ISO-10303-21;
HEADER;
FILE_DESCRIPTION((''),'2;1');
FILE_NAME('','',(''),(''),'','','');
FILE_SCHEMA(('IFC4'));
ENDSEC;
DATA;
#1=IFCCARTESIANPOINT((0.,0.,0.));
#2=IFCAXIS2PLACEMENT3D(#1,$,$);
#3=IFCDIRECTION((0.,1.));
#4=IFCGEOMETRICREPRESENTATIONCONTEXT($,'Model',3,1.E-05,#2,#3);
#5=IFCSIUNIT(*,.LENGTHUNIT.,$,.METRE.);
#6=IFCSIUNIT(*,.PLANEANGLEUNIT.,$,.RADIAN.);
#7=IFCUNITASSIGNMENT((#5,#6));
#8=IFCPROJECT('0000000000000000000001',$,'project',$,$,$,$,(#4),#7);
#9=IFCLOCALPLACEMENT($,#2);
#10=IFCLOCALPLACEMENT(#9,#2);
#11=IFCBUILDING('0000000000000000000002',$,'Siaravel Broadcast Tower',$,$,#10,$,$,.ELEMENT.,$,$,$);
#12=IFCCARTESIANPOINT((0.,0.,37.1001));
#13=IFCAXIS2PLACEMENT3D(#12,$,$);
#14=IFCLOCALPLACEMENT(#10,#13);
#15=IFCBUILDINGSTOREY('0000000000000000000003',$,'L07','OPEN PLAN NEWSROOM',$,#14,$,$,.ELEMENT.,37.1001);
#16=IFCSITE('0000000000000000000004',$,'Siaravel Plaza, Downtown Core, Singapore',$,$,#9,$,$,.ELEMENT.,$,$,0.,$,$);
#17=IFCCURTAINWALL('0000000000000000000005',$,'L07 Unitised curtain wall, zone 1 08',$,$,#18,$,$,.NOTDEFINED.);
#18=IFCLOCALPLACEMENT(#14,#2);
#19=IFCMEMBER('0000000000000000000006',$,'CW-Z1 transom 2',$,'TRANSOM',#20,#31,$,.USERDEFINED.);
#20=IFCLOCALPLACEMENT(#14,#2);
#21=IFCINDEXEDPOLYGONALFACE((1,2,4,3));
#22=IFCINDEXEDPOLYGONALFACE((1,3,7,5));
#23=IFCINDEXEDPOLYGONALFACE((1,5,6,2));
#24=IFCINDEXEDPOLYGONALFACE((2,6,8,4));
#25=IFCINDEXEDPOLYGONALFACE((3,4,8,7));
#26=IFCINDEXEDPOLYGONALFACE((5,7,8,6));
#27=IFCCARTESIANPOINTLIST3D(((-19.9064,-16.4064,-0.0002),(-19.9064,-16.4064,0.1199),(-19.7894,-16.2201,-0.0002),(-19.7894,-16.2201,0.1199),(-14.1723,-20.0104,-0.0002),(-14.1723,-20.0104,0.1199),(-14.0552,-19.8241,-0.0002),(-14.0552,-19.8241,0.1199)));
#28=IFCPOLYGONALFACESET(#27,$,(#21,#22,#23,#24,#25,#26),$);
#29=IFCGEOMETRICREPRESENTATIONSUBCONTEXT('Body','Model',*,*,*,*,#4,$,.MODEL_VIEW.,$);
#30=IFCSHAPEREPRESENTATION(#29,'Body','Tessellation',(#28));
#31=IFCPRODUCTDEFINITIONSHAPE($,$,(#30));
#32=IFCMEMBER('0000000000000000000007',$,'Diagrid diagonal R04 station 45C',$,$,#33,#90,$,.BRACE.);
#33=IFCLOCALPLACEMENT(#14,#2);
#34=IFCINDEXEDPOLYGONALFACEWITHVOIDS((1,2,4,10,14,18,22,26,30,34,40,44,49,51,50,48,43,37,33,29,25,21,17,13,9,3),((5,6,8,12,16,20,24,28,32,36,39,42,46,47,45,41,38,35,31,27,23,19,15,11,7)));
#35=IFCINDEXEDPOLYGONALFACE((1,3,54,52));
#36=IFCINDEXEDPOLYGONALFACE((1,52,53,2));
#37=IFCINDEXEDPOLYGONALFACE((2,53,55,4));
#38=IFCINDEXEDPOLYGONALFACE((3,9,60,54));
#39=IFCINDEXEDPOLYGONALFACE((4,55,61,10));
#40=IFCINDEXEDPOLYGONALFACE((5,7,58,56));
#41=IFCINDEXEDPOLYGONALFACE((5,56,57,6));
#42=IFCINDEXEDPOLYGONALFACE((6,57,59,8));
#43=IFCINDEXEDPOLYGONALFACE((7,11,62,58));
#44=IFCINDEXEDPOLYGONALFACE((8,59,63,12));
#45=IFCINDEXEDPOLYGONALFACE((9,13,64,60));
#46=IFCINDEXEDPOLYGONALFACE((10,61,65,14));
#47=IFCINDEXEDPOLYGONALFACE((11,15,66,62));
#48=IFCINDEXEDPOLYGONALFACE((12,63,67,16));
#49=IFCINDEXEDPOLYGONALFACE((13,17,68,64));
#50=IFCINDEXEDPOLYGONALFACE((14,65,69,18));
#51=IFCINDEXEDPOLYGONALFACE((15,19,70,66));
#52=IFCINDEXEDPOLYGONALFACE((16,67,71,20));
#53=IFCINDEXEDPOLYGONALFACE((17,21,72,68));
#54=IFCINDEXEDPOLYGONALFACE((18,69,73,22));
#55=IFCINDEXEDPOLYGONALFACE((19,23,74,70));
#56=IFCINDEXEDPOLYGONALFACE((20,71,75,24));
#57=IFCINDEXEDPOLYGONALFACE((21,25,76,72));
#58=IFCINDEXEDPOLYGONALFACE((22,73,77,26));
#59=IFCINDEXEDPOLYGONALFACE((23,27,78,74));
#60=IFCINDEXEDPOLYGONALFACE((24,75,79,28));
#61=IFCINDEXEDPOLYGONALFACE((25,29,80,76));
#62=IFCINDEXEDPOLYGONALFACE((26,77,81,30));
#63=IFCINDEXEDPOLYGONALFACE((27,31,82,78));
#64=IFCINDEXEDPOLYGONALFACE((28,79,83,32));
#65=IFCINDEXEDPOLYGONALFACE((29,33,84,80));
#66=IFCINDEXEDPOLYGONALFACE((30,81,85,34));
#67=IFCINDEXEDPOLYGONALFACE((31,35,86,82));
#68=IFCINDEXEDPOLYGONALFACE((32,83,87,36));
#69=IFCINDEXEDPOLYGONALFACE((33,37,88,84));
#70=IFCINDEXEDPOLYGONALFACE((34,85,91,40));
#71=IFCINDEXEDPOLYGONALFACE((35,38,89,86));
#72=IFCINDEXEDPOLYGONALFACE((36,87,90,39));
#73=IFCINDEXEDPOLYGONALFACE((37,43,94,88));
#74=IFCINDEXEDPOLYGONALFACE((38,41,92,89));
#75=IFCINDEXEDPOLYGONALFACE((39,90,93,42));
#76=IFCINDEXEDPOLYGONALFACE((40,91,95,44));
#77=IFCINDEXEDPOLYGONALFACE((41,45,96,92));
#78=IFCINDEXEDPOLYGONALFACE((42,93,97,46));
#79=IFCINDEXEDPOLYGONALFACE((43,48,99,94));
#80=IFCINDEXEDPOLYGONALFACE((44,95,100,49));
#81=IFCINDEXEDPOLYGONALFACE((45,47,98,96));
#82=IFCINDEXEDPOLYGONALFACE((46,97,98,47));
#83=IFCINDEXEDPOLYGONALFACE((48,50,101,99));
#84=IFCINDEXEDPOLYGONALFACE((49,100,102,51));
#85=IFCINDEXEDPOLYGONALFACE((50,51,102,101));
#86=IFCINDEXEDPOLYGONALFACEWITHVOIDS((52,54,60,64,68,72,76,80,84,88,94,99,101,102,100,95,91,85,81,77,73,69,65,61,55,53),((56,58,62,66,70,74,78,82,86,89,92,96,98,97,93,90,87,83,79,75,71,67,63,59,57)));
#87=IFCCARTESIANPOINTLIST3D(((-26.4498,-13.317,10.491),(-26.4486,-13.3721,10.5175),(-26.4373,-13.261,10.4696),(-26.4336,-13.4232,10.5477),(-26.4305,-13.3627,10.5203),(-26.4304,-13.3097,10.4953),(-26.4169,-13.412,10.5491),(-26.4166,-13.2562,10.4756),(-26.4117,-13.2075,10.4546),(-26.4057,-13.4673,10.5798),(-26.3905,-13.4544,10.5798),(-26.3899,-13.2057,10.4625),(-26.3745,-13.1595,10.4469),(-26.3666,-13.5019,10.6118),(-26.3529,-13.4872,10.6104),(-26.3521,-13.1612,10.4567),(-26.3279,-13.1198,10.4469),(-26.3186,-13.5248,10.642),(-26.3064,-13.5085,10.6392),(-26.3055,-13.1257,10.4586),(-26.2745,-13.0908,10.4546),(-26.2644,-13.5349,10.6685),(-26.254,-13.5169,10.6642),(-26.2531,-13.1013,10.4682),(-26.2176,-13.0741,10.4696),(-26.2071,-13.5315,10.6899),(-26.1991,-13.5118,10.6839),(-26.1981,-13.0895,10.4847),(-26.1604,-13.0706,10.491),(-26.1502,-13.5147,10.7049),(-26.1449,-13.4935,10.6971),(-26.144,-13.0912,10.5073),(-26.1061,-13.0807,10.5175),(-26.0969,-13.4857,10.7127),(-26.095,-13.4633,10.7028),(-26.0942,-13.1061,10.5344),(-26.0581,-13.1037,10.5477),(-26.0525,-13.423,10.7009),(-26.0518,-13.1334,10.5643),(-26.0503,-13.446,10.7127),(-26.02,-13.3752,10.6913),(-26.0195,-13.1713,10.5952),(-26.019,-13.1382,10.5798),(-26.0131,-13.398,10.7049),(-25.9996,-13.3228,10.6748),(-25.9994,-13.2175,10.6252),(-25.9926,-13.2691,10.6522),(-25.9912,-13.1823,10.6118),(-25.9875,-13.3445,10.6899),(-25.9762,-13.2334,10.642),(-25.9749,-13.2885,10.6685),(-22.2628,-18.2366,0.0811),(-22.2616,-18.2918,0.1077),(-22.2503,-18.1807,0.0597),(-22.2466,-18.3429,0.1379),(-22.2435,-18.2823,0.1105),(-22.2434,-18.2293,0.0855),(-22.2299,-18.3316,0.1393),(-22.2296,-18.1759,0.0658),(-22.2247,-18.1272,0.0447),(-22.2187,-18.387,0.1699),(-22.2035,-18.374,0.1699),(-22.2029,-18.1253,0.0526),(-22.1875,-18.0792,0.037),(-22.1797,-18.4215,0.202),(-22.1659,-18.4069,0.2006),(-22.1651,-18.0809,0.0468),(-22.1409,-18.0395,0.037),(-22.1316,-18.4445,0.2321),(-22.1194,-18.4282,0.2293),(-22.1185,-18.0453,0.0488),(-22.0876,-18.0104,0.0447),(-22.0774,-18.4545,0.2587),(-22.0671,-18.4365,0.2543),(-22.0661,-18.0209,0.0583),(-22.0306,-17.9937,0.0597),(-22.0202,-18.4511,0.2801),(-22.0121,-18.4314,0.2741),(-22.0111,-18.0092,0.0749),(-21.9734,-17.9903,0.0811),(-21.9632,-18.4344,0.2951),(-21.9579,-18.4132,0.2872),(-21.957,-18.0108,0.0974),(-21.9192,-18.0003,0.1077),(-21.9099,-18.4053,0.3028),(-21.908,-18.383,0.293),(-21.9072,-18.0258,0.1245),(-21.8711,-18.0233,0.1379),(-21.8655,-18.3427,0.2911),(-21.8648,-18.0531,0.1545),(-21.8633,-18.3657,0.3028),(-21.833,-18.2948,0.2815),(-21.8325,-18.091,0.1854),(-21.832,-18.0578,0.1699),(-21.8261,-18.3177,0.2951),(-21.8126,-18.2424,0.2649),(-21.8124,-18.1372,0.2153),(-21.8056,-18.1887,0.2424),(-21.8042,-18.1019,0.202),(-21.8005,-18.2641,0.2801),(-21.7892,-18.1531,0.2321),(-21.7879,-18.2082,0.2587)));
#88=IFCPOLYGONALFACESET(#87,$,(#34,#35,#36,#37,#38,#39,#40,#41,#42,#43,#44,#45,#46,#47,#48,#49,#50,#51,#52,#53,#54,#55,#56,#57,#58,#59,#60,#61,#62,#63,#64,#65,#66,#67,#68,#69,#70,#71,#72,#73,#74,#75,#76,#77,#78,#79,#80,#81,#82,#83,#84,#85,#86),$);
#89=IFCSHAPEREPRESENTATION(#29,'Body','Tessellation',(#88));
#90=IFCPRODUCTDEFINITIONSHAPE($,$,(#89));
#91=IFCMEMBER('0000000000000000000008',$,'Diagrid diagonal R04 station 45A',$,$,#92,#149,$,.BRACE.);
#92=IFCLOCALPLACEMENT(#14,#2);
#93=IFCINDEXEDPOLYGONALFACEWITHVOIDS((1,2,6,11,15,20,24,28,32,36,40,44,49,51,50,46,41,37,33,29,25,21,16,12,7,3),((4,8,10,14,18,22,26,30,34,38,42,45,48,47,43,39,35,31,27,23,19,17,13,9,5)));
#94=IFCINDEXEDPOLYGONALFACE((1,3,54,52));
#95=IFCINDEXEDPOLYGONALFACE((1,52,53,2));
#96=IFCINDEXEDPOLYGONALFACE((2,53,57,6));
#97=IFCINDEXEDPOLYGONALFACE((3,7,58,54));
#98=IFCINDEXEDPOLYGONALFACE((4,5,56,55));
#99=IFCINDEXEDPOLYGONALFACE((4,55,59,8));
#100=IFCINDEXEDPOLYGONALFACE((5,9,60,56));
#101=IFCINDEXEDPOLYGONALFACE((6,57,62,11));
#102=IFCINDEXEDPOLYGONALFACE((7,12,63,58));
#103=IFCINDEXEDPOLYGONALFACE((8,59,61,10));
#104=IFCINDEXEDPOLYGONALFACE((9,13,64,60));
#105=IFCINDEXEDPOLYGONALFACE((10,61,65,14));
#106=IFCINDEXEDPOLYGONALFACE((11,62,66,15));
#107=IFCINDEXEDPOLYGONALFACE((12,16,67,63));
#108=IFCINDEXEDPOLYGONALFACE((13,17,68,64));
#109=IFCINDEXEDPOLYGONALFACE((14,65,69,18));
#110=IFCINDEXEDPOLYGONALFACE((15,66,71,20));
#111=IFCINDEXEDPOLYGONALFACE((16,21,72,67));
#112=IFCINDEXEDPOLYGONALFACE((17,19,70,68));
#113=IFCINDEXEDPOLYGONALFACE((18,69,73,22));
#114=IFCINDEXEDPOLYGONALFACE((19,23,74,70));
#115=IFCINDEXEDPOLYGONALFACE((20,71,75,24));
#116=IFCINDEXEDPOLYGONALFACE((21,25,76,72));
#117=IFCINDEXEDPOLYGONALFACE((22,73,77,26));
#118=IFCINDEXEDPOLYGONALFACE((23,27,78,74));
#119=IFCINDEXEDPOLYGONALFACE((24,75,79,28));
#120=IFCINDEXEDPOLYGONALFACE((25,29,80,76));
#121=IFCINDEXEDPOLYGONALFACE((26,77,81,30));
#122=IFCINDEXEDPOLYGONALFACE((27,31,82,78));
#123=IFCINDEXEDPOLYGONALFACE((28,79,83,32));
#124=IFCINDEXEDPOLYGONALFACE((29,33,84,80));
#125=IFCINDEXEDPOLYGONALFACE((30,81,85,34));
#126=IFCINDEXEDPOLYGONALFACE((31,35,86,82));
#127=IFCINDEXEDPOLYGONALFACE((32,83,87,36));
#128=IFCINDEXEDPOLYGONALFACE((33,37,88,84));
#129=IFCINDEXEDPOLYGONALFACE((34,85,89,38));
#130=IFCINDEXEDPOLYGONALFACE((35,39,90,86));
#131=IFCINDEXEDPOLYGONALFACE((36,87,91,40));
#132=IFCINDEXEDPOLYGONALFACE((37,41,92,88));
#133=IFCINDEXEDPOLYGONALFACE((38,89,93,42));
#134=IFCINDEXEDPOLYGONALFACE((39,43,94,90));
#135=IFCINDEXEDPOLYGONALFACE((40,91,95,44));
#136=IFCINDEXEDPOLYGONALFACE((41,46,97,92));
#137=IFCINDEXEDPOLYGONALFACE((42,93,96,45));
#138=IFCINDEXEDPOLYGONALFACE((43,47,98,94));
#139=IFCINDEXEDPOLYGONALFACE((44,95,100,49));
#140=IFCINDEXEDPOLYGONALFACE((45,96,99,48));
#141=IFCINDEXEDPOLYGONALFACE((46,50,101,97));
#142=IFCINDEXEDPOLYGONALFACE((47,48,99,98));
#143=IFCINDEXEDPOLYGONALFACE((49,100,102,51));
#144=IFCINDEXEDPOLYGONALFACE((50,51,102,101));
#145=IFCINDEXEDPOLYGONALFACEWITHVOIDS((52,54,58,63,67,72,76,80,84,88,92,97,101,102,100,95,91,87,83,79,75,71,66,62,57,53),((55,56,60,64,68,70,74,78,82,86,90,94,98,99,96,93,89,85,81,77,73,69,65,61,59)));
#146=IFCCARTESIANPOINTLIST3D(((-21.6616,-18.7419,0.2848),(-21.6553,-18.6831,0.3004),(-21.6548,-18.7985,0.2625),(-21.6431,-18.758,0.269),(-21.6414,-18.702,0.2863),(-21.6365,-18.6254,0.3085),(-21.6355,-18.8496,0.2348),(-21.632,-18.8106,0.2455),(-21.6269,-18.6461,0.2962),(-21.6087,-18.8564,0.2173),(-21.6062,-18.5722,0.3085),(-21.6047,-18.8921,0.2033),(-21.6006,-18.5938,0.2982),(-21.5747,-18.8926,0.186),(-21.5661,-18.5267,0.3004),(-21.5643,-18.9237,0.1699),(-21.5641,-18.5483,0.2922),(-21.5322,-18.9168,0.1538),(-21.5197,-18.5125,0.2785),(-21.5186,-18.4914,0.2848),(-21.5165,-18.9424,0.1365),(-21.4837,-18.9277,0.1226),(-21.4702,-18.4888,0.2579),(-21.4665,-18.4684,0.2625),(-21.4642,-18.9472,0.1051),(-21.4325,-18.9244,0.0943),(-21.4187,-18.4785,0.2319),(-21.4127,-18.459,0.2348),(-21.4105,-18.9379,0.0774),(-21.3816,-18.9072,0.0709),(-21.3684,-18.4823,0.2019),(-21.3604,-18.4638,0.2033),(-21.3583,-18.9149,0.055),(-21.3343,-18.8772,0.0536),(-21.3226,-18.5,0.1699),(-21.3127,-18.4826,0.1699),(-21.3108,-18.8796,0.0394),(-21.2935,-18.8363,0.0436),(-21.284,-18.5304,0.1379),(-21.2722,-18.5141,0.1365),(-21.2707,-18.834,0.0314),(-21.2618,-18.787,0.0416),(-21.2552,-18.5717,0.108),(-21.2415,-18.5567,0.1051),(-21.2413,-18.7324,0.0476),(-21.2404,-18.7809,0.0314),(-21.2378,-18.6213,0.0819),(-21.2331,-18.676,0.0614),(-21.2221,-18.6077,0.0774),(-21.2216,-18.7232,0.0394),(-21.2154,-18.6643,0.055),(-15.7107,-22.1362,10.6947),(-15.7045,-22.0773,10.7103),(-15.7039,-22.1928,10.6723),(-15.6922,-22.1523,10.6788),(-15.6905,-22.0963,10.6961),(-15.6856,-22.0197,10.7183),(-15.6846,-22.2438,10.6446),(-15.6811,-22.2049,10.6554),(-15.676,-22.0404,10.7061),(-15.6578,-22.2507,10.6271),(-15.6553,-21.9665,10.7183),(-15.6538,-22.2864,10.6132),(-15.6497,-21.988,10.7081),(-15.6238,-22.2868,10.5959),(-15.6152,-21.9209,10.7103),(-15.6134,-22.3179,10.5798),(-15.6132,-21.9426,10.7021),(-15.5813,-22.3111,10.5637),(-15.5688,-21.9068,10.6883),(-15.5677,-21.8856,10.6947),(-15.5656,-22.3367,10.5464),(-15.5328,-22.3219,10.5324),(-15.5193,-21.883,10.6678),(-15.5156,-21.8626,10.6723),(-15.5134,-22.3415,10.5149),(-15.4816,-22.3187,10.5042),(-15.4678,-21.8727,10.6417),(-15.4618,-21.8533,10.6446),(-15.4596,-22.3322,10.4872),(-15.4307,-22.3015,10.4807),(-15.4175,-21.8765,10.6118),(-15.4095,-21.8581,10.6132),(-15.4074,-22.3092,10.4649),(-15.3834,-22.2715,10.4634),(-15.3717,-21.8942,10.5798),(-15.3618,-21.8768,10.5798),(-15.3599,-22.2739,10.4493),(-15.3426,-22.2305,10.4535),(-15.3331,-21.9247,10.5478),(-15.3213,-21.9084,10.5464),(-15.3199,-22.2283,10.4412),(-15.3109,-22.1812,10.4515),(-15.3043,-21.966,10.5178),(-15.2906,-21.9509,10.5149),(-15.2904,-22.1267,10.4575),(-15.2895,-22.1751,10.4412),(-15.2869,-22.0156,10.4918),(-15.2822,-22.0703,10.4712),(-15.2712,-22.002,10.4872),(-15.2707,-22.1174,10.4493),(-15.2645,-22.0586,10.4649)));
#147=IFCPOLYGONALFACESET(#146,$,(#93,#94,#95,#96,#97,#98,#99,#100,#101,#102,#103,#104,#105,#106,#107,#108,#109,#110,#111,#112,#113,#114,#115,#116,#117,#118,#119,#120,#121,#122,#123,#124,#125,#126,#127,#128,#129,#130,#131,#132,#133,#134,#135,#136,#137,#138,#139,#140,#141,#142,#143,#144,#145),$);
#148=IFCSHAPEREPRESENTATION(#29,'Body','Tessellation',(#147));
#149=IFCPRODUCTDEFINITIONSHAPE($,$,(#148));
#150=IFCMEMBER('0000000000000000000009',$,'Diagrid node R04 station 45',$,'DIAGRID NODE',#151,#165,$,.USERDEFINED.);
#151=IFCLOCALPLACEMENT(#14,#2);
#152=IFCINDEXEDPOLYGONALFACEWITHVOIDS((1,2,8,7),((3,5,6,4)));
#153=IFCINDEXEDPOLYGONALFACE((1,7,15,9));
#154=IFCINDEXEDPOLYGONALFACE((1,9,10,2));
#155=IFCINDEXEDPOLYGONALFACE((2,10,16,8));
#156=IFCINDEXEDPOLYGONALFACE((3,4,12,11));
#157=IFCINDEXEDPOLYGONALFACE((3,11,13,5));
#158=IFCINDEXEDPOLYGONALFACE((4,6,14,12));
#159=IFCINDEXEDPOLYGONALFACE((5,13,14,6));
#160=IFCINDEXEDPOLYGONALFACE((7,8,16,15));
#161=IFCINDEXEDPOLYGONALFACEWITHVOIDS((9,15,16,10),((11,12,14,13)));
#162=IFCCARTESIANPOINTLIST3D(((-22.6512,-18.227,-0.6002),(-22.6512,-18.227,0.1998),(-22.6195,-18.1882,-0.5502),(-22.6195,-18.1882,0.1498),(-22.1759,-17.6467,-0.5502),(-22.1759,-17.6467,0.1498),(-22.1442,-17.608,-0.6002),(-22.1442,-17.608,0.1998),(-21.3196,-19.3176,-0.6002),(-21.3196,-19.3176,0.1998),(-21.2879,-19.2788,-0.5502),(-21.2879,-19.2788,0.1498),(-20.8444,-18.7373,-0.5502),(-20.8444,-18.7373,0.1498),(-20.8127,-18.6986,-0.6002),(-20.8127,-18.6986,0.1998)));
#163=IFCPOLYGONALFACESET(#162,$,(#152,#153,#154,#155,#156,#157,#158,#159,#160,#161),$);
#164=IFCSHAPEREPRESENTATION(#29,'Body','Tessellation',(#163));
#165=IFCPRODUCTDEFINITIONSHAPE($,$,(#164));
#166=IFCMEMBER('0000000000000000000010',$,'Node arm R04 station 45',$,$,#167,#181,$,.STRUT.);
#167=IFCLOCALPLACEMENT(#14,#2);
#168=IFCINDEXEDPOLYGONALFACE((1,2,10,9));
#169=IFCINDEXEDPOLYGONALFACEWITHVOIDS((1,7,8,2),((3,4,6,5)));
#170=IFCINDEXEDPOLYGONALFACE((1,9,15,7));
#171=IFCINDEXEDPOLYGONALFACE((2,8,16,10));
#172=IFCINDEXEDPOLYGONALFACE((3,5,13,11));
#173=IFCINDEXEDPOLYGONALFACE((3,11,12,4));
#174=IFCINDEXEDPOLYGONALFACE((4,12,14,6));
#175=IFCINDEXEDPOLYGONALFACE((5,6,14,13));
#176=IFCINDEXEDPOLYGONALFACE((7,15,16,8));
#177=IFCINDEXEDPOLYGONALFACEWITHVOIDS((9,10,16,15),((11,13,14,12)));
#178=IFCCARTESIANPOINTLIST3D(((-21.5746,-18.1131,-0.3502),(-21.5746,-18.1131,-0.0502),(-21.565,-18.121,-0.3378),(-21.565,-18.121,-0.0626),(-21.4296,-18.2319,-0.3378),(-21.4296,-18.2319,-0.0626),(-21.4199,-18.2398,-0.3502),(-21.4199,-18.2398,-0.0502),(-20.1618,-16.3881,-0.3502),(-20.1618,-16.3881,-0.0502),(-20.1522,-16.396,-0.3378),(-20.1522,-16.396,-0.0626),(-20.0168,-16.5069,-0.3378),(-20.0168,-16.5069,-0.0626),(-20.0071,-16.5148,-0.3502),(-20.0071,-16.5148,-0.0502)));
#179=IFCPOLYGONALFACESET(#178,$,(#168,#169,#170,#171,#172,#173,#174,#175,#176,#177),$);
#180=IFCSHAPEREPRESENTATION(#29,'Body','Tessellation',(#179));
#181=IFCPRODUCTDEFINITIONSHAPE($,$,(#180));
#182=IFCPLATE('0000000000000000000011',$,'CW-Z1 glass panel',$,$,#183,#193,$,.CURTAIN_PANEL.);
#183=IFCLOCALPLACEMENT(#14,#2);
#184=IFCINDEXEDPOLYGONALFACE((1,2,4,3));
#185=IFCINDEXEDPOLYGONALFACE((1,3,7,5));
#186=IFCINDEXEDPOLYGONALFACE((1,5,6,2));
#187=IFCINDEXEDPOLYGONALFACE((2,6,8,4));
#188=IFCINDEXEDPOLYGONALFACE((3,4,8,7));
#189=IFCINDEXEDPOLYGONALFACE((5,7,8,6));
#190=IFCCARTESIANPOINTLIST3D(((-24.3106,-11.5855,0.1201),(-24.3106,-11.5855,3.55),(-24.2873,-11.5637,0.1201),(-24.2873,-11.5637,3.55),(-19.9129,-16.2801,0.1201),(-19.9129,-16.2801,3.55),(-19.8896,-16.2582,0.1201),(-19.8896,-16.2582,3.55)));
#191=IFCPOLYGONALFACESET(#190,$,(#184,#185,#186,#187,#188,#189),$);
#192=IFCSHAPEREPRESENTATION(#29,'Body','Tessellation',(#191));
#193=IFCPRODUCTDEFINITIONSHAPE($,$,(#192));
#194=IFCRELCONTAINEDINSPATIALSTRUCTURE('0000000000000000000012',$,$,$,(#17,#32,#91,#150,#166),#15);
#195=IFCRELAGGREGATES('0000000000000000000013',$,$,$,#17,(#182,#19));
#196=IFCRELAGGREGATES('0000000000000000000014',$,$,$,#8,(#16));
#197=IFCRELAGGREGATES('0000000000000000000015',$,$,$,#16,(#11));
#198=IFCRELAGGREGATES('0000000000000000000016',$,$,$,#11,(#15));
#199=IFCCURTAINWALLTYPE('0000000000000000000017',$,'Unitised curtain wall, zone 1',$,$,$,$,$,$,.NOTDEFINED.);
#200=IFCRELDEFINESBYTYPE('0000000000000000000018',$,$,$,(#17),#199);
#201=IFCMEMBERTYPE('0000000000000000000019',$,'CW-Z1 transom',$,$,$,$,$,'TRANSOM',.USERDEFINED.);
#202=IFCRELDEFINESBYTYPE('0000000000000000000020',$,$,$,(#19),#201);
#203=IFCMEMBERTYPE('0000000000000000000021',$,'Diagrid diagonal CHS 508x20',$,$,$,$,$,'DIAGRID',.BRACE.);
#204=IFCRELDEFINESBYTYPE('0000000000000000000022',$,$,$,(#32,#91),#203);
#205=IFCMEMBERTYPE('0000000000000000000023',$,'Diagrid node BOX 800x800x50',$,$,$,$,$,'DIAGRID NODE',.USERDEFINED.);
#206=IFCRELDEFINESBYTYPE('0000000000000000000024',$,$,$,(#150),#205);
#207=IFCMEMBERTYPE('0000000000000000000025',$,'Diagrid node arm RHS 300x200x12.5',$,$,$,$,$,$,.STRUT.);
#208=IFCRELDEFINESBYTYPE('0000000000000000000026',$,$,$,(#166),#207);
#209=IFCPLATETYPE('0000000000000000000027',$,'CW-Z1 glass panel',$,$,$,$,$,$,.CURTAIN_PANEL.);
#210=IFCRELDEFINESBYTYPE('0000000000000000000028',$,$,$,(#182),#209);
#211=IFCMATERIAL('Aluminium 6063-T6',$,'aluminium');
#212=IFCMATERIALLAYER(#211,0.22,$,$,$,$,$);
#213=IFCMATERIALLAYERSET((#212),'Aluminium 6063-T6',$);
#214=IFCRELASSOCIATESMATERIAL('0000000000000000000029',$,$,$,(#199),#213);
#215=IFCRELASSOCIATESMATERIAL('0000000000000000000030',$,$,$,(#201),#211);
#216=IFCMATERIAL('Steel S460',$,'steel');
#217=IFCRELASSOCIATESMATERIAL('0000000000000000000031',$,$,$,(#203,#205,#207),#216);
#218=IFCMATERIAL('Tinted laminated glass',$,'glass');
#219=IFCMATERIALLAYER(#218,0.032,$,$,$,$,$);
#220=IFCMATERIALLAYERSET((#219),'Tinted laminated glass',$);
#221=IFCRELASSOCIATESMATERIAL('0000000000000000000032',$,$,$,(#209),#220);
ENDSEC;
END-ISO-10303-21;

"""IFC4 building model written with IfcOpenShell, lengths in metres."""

from ifc_helpers import new_model, si_unit, direction, frame, origin, origin_2d, place, context, subcontext, project, spatial, rectangle, hollow_rectangle, hollow_circle, extrude, material, layer, layer_set, material_profile, profile_set, type_object, element, aggregate, save


model = new_model("IFC4")

# Units and contexts
model_context = context("Model", 3, precision=1e-05, world=origin(), true_north=direction((0.0, 1.0)))
body_context = subcontext(model_context, "Body", "Model", "MODEL_VIEW")
ifc_project = project(units=[si_unit("LENGTHUNIT", "METRE"), si_unit("PLANEANGLEUNIT", "RADIAN")], contexts=[model_context])

# Site, building, storey
site_placement = place(None, origin())
site = spatial("IfcSite", under=ifc_project, at=site_placement, Name="Siaravel Plaza, Downtown Core, Singapore", CompositionType="ELEMENT", RefElevation=0.0)
building_placement = place(site_placement, origin())
building = spatial("IfcBuilding", under=site, at=building_placement, Name="Siaravel Broadcast Tower", CompositionType="ELEMENT")
storey_placement = place(building_placement, frame((0.0, 0.0, 37.1001)))
storey = spatial("IfcBuildingStorey", under=building, at=storey_placement, Name="L07", Description="OPEN PLAN NEWSROOM", CompositionType="ELEMENT", Elevation=37.1001)

# Shared definitions
ifc_material_1 = material(Name="Aluminium 6063-T6", Category="aluminium")
ifc_layer_1 = layer(ifc_material_1, 0.22)
ifc_layer_set_1 = layer_set([ifc_layer_1], Name="Aluminium 6063-T6")
curtain_wall_type = type_object("IfcCurtainWallType", Name="Unitised curtain wall, zone 1", PredefinedType="NOTDEFINED", material=ifc_layer_set_1)

# Curtain wall, member
curtain_wall_1_placement = place(storey_placement, origin())
curtain_wall_1 = element("IfcCurtainWall", 1, at=curtain_wall_1_placement, inside=storey, type_object=curtain_wall_type, Name="L07 Unitised curtain wall, zone 1 08", PredefinedType="NOTDEFINED")
ifc_material_profile_1 = material_profile(ifc_material_1, rectangle(XDim=0.22, YDim=0.1201, at=origin_2d()))
ifc_profile_set_1 = profile_set([ifc_material_profile_1], Name="Aluminium 6063-T6")
member_type_1 = type_object("IfcMemberType", Name="CW-Z1 transom", ElementType="TRANSOM", PredefinedType="USERDEFINED", material=ifc_profile_set_1)
member_1_placement = place(storey_placement, frame((-19.8479, -16.3132, 0.0598), z_axis=(0.846657, -0.532139, 0.0), x_axis=(0.532139, 0.846657, 0.0)))
member_1 = element("IfcMember", 2, at=member_1_placement, type_object=member_type_1, Name="CW-Z1 transom 2", ObjectType="TRANSOM", PredefinedType="USERDEFINED", context=body_context, shape_type="SweptSolid", body=[
    extrude(rectangle(XDim=0.22, YDim=0.1201, at=origin_2d()), origin(), (0.0, 0.0, 1.0), 6.7727),
])

# Members
ifc_material_2 = material(Name="Steel S460", Category="steel")
ifc_material_profile_2 = material_profile(ifc_material_2, hollow_circle(Radius=0.2539, WallThickness=0.02, at=origin_2d()))
ifc_profile_set_2 = profile_set([ifc_material_profile_2], Name="Steel S460")
member_type_2 = type_object("IfcMemberType", Name="Diagrid diagonal CHS 508x20", ElementType="DIAGRID", PredefinedType="BRACE", material=ifc_profile_set_2)
member_2_placement = place(storey_placement, frame((-22.0254, -18.2224, 0.1699), z_axis=(-0.341754, 0.401555, 0.849681), x_axis=(-0.761535, -0.648123, 0.0)))
element("IfcMember", 3, at=member_2_placement, inside=storey, type_object=member_type_2, Name="Diagrid diagonal R04 station 45C", PredefinedType="BRACE", context=body_context, shape_type="SweptSolid", body=[
    extrude(hollow_circle(Radius=0.2539, WallThickness=0.02, at=origin_2d()), origin(), (0.0, 0.0, 1.0), 12.2515),
])
member_3_placement = place(storey_placement, frame((-21.4385, -18.7031, 0.1699), z_axis=(0.477527, -0.272371, 0.835334), x_axis=(0.495452, 0.868635, 0.0)))
element("IfcMember", 4, at=member_3_placement, inside=storey, type_object=member_type_2, Name="Diagrid diagonal R04 station 45A", PredefinedType="BRACE", context=body_context, shape_type="SweptSolid", body=[
    extrude(hollow_circle(Radius=0.2539, WallThickness=0.02, at=origin_2d()), origin(), (0.0, 0.0, 1.0), 12.4619),
])
ifc_material_profile_3 = material_profile(ifc_material_2, hollow_rectangle(XDim=0.8, YDim=0.8, WallThickness=0.05, at=origin_2d()))
ifc_profile_set_3 = profile_set([ifc_material_profile_3], Name="Steel S460")
member_type_3 = type_object("IfcMemberType", Name="Diagrid node BOX 800x800x50", ElementType="DIAGRID NODE", PredefinedType="USERDEFINED", material=ifc_profile_set_3)
member_4_placement = place(storey_placement, frame((-22.3977, -17.9175, -0.2002), z_axis=(0.773635, -0.633632, 0.0), x_axis=(0.633632, 0.773635, 0.0)))
element("IfcMember", 5, at=member_4_placement, inside=storey, type_object=member_type_3, Name="Diagrid node R04 station 45", ObjectType="DIAGRID NODE", PredefinedType="USERDEFINED", context=body_context, shape_type="SweptSolid", body=[
    extrude(hollow_rectangle(XDim=0.8, YDim=0.8, WallThickness=0.05, at=origin_2d()), origin(), (0.0, 0.0, 1.0), 1.7212),
])
ifc_material_profile_4 = material_profile(ifc_material_2, hollow_rectangle(XDim=0.2, YDim=0.3, WallThickness=0.0125, at=origin_2d()))
ifc_profile_set_4 = profile_set([ifc_material_profile_4], Name="Steel S460")
member_type_4 = type_object("IfcMemberType", Name="Diagrid node arm RHS 300x200x12.5", PredefinedType="STRUT", material=ifc_profile_set_4)
member_5_placement = place(storey_placement, frame((-20.0845, -16.4514, -0.2002), z_axis=(-0.633613, -0.77365, 0.0), x_axis=(0.77365, -0.633613, 0.0)))
element("IfcMember", 6, at=member_5_placement, inside=storey, type_object=member_type_4, Name="Node arm R04 station 45", PredefinedType="STRUT", context=body_context, shape_type="SweptSolid", body=[
    extrude(hollow_rectangle(XDim=0.2, YDim=0.3, WallThickness=0.0125, at=origin_2d()), origin(), (0.0, 0.0, 1.0), 2.2297),
])

# Plate
ifc_material_3 = material(Name="Tinted laminated glass", Category="glass")
ifc_layer_2 = layer(ifc_material_3, 0.032)
ifc_layer_set_2 = layer_set([ifc_layer_2], Name="Tinted laminated glass")
plate_type = type_object("IfcPlateType", Name="CW-Z1 glass panel", PredefinedType="CURTAIN_PANEL", material=ifc_layer_set_2)
plate_1_placement = place(storey_placement, frame((-22.1001, -13.9219, 0.1201), z_axis=(0.0, 0.0, 1.0), x_axis=(0.683655, -0.729805, 0.0)))
plate_1 = element("IfcPlate", 7, at=plate_1_placement, type_object=plate_type, Name="CW-Z1 glass panel", PredefinedType="CURTAIN_PANEL", context=body_context, shape_type="SweptSolid", body=[
    extrude(rectangle(XDim=6.4326, YDim=0.032, at=origin_2d()), origin(), (0.0, 0.0, 1.0), 3.4299),
])
aggregate(curtain_wall_1, [plate_1, member_1])

save(model, "model.ifc")
